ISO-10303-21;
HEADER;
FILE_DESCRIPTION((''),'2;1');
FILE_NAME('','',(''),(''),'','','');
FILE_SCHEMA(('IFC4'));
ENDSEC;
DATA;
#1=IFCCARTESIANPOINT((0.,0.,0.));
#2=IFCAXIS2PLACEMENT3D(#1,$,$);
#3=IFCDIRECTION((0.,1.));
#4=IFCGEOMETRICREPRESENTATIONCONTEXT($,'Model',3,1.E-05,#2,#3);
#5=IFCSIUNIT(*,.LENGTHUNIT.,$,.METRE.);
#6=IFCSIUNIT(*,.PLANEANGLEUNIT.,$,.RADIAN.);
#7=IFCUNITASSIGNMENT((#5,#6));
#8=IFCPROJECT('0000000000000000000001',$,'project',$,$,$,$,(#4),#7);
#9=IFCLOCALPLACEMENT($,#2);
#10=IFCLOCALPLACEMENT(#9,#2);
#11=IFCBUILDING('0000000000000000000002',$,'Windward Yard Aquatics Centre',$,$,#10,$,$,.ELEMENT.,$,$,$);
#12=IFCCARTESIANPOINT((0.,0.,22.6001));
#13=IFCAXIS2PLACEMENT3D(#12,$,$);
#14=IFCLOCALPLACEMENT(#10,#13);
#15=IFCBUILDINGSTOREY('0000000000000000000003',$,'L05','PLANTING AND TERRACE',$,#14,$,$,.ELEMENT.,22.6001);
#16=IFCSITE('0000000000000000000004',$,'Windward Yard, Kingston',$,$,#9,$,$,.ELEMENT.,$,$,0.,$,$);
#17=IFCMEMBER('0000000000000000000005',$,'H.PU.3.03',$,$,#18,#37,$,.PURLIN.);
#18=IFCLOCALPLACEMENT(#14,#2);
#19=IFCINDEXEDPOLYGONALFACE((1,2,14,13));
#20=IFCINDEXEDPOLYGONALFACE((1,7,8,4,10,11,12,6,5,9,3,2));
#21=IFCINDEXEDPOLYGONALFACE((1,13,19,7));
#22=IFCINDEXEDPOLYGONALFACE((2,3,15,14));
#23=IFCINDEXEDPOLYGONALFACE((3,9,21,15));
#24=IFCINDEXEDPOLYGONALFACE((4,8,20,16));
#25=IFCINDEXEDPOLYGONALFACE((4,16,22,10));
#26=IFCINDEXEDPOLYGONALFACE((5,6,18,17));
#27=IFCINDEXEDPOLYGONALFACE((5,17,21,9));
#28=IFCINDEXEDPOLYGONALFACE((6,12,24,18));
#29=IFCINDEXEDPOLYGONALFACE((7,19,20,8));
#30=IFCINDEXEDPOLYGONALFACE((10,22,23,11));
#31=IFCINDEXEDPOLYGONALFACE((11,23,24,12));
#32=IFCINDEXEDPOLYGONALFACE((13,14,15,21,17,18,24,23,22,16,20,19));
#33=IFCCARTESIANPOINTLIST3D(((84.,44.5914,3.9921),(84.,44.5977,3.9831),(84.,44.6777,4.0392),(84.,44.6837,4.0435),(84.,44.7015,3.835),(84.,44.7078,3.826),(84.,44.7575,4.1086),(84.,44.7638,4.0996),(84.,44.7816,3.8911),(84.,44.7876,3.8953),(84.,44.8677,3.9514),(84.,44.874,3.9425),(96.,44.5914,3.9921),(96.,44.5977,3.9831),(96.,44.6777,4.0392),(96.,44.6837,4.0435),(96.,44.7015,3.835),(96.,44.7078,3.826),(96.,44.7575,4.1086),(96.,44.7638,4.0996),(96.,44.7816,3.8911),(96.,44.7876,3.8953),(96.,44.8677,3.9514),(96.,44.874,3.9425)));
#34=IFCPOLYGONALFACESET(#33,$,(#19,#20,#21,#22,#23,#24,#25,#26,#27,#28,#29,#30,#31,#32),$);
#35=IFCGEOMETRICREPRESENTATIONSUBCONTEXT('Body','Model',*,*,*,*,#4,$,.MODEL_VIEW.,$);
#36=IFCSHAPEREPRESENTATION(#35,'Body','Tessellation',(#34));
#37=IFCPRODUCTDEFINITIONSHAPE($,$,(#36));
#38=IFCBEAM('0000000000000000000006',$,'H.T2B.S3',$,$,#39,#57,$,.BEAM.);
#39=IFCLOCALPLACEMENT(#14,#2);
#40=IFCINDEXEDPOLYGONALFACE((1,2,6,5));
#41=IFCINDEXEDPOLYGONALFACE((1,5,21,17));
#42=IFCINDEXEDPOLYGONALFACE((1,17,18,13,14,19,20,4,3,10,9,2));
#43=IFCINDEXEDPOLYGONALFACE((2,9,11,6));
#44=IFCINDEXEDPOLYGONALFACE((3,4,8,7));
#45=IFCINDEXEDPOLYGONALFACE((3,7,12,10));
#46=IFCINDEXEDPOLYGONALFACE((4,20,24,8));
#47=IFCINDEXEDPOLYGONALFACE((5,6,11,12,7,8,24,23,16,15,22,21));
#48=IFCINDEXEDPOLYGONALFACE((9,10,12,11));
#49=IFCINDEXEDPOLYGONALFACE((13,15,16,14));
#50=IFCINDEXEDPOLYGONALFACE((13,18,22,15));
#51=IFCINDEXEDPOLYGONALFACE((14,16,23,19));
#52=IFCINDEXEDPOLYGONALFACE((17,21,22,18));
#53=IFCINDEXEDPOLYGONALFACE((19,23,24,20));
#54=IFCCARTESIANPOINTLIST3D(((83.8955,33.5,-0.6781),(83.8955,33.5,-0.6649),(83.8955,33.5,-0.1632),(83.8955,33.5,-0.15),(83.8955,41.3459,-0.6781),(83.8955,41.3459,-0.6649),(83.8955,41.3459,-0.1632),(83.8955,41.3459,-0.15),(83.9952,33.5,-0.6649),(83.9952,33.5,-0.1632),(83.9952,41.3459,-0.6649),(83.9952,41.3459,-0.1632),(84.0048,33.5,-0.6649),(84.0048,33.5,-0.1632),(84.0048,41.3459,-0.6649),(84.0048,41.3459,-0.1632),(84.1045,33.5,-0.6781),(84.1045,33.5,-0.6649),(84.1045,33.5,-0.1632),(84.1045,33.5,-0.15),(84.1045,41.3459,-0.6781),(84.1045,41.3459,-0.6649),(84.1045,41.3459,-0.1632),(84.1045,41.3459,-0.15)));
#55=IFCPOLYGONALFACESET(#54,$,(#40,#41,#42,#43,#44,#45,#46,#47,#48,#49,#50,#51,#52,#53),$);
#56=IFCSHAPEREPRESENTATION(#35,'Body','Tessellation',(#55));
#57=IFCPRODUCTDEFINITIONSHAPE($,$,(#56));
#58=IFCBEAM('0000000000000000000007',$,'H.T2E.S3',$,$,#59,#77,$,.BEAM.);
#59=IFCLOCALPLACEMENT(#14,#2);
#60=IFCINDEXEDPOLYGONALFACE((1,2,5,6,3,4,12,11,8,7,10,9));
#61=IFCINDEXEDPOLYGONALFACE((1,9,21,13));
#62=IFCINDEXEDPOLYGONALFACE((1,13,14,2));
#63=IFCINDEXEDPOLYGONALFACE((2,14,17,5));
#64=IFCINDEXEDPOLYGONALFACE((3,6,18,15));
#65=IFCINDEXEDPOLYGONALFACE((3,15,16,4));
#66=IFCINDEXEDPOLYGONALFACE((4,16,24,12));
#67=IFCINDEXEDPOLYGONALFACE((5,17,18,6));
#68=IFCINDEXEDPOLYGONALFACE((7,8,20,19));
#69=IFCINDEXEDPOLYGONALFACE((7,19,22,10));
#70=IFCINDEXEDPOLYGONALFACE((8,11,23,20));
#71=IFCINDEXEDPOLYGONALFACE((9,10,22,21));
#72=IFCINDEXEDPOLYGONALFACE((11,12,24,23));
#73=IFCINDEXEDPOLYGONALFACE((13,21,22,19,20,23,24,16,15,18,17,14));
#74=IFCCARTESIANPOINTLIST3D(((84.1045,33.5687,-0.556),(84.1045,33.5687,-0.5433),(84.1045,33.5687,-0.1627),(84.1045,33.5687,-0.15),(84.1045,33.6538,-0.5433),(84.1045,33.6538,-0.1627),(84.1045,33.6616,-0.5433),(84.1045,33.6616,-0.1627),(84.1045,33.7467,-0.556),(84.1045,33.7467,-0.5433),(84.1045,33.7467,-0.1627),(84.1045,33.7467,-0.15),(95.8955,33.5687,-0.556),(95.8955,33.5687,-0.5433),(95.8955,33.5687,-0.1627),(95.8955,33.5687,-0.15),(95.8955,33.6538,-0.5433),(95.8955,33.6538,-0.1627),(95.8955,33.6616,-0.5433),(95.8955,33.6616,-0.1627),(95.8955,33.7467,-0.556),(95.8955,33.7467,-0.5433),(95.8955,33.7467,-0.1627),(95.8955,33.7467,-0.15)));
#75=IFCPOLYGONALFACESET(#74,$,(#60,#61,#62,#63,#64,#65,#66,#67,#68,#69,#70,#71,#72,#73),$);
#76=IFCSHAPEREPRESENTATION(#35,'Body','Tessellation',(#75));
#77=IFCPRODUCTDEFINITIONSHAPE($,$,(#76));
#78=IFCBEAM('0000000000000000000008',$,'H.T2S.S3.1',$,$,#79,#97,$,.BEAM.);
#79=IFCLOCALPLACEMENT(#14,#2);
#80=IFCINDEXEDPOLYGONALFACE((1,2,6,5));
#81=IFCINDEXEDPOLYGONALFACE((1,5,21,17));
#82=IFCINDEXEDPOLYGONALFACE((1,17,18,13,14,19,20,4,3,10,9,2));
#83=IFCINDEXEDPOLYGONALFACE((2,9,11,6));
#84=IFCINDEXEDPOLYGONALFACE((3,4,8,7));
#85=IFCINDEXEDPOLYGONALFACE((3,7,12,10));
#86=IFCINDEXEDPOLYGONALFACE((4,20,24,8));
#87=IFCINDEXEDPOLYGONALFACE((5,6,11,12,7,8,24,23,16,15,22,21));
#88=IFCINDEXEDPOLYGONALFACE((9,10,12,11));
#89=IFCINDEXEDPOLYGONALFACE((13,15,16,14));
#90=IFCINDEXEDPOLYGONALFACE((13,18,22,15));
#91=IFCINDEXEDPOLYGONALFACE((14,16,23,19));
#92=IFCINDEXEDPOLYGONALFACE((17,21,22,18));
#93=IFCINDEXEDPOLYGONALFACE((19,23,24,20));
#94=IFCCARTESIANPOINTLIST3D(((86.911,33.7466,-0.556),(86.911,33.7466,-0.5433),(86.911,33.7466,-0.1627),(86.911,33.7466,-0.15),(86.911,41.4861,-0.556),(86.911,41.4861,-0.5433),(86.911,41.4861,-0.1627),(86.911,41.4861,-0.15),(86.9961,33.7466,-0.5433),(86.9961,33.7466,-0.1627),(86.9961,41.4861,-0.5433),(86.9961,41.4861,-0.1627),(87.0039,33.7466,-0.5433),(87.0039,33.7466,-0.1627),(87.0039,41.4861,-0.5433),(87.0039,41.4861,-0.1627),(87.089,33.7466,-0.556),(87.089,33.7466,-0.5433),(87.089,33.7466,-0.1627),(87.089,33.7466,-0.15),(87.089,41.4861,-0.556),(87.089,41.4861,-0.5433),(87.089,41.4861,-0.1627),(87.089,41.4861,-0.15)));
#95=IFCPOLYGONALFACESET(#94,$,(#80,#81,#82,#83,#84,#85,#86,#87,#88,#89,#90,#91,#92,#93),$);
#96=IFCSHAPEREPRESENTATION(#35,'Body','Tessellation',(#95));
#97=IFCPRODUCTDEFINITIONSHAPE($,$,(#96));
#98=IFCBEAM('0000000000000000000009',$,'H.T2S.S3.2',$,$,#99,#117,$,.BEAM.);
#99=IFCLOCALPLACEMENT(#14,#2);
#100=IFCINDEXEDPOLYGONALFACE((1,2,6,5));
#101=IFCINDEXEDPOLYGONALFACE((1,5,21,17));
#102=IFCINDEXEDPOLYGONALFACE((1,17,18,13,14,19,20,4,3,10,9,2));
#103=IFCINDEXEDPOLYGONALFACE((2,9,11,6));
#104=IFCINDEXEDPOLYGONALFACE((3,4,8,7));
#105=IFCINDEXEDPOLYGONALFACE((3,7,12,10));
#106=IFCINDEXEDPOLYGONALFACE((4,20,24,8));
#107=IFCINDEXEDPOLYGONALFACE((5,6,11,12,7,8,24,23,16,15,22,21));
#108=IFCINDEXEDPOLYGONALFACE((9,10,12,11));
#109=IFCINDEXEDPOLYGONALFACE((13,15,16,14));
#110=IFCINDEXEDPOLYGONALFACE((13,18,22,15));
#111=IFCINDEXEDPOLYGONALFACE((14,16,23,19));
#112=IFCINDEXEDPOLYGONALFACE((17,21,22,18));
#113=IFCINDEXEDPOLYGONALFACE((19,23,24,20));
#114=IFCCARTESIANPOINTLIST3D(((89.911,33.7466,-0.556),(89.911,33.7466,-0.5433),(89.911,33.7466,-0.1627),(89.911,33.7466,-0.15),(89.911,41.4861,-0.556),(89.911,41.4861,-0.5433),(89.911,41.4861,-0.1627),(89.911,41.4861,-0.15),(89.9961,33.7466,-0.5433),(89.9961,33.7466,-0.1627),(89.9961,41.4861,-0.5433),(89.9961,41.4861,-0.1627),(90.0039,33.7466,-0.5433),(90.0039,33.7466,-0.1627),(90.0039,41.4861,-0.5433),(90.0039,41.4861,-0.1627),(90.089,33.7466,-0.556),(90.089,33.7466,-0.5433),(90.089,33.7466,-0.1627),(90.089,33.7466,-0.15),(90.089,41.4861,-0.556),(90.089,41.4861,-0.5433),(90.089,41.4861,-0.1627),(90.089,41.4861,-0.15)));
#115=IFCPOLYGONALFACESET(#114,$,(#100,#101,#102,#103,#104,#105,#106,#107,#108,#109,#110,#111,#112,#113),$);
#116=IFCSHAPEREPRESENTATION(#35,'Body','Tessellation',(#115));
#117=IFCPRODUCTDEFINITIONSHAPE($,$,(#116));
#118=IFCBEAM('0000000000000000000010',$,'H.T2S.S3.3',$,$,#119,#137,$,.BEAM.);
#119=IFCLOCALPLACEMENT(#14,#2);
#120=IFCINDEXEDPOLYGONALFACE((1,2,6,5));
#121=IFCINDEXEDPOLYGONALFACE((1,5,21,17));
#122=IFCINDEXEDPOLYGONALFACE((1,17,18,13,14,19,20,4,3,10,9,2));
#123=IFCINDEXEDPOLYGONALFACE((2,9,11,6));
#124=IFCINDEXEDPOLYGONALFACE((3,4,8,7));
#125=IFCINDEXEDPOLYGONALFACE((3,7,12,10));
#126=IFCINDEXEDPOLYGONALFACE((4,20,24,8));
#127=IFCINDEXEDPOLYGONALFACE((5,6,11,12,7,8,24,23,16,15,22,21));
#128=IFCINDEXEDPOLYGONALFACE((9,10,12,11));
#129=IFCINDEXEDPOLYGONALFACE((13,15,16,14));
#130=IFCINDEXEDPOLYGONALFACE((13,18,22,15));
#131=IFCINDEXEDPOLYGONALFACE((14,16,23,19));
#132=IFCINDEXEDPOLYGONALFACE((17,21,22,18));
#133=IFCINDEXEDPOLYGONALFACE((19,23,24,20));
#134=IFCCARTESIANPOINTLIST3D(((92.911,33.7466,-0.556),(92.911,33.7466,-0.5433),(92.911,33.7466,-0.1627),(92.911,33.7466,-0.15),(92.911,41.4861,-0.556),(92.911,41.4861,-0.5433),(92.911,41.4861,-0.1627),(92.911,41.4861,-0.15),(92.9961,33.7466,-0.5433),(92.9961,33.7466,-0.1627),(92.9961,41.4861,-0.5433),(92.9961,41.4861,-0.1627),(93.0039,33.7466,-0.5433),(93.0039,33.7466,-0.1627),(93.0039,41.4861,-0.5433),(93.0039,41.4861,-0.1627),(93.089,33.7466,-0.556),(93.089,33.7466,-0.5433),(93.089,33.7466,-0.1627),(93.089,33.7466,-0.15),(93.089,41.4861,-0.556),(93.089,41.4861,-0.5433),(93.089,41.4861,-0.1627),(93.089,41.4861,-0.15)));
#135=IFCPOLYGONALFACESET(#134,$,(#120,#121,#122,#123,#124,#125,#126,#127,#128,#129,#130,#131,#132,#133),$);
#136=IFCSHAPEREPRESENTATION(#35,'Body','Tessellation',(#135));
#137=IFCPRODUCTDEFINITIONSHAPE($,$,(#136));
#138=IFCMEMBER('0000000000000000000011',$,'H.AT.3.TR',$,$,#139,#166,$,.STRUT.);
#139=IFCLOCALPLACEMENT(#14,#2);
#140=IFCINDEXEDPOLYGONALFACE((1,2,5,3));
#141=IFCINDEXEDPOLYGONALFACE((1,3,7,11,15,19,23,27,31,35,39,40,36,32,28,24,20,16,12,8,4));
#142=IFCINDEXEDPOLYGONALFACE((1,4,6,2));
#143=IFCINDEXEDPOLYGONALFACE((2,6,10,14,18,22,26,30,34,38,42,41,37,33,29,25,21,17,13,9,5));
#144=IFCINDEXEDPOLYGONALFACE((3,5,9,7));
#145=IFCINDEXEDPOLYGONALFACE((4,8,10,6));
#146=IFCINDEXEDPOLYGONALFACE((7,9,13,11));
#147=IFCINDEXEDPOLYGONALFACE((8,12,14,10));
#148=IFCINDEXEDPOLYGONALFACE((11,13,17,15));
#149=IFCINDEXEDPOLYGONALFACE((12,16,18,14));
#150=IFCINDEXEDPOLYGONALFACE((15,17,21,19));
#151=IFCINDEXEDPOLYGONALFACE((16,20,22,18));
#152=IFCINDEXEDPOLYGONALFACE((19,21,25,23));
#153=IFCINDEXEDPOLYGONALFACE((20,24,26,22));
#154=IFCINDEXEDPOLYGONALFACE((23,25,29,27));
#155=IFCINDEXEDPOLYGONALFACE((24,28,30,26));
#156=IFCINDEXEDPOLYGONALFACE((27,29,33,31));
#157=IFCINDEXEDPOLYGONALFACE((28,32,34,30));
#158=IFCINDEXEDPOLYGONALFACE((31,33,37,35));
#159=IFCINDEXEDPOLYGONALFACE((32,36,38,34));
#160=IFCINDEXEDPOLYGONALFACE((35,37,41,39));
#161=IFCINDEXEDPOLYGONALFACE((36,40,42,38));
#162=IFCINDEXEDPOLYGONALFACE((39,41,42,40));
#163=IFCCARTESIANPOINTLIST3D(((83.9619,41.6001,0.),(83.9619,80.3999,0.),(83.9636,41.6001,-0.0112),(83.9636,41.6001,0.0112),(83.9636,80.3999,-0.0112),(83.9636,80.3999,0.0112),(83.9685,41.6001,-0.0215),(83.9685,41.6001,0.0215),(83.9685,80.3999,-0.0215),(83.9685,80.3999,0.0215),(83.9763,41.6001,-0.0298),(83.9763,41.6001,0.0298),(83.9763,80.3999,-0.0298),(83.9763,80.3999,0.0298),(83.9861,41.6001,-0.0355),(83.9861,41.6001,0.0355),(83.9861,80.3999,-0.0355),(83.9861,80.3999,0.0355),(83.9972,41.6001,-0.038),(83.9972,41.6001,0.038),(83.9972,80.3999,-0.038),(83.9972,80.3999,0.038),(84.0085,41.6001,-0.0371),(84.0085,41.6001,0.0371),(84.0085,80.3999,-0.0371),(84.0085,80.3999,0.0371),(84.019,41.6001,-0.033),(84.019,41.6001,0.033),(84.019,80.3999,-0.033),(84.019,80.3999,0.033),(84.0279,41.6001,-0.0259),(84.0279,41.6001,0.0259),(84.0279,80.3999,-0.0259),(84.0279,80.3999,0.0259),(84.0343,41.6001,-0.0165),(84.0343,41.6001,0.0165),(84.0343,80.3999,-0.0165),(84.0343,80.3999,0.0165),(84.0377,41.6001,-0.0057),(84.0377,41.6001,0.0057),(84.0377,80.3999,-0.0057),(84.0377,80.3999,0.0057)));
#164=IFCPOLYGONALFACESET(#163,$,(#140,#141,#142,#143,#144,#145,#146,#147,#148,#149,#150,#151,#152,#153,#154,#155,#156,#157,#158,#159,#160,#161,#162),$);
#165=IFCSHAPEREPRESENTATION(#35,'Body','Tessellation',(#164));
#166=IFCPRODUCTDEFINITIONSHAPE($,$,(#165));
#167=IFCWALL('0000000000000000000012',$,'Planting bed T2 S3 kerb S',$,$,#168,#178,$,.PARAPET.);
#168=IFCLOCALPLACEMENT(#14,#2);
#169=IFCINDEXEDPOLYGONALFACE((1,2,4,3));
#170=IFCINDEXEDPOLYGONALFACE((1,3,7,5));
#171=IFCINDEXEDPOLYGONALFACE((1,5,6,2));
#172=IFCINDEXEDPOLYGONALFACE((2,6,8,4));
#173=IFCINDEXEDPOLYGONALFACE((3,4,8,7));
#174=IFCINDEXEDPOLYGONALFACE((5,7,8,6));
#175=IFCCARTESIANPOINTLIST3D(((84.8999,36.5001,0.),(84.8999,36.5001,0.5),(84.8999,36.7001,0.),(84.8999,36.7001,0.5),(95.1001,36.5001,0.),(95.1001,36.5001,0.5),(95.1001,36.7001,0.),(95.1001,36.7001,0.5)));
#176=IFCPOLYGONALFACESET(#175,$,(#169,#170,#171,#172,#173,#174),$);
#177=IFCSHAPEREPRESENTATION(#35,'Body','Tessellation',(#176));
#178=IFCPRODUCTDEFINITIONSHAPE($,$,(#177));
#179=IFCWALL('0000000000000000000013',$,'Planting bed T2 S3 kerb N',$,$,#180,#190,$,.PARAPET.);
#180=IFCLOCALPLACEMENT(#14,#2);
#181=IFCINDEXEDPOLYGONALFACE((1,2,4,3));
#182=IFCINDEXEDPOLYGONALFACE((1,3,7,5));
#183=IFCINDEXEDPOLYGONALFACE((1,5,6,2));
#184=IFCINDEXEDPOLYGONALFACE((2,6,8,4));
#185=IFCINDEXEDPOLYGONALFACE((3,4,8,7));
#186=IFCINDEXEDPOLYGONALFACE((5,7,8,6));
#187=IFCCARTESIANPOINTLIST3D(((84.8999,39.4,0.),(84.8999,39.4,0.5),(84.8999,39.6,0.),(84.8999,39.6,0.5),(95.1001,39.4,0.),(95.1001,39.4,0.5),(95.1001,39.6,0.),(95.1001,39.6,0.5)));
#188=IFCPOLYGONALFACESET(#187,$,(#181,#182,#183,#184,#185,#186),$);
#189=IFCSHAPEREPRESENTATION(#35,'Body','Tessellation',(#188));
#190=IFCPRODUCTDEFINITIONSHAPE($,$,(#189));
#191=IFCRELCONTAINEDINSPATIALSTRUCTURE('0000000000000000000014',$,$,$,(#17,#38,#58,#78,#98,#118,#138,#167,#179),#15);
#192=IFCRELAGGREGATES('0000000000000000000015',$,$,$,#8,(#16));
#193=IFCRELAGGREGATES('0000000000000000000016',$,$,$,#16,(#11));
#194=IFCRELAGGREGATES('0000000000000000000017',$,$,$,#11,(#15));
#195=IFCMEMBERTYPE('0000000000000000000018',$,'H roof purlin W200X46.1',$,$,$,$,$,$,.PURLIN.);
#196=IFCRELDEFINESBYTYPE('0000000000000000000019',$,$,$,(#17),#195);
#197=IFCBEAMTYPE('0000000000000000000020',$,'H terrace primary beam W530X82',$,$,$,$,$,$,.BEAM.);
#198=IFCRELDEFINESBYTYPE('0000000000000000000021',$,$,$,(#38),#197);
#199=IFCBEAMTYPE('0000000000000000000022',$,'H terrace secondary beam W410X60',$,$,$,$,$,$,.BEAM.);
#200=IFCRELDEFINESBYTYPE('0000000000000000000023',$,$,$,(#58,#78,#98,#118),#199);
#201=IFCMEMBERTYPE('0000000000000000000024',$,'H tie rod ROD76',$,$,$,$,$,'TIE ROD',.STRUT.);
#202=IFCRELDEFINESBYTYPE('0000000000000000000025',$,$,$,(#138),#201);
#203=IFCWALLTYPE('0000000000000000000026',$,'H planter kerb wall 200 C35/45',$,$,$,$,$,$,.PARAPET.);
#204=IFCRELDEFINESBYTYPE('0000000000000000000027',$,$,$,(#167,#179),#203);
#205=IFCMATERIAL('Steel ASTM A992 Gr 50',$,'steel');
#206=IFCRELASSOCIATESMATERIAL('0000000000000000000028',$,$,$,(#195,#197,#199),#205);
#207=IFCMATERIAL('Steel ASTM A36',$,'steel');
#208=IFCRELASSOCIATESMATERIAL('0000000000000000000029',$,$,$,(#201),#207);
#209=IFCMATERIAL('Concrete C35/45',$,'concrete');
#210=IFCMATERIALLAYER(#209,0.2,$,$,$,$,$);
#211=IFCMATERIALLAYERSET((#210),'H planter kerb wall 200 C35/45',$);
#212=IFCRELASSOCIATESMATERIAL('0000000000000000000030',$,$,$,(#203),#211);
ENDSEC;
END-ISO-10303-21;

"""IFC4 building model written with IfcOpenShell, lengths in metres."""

from ifc_helpers import new_model, si_unit, direction, frame, frame_2d, origin, origin_2d, place, context, subcontext, project, spatial, rectangle, circle, i_section, extrude, material, layer, layer_set, material_profile, profile_set, type_object, element, save


model = new_model("IFC4")

# Units and contexts
model_context = context("Model", 3, precision=1e-05, world=origin(), true_north=direction((0.0, 1.0)))
body_context = subcontext(model_context, "Body", "Model", "MODEL_VIEW")
ifc_project = project(units=[si_unit("LENGTHUNIT", "METRE"), si_unit("PLANEANGLEUNIT", "RADIAN")], contexts=[model_context])

# Site, building, storey
site_placement = place(None, origin())
site = spatial("IfcSite", under=ifc_project, at=site_placement, Name="Windward Yard, Kingston", CompositionType="ELEMENT", RefElevation=0.0)
building_placement = place(site_placement, origin())
building = spatial("IfcBuilding", under=site, at=building_placement, Name="Windward Yard Aquatics Centre", CompositionType="ELEMENT")
storey_placement = place(building_placement, frame((0.0, 0.0, 22.6001)))
storey = spatial("IfcBuildingStorey", under=building, at=storey_placement, Name="L05", Description="PLANTING AND TERRACE", CompositionType="ELEMENT", Elevation=22.6001)

# Shared definitions
ifc_material_1 = material(Name="Steel ASTM A992 Gr 50", Category="steel")

# Member
ifc_material_profile_1 = material_profile(ifc_material_1, i_section(OverallWidth=0.2029, OverallDepth=0.2029, WebThickness=0.0073, FlangeThickness=0.011, at=origin_2d()), Name="W200X46.1")
ifc_profile_set_1 = profile_set([ifc_material_profile_1], Name="Steel ASTM A992 Gr 50")
member_type_1 = type_object("IfcMemberType", Name="H roof purlin W200X46.1", PredefinedType="PURLIN", material=ifc_profile_set_1)
for number, where, z_axis, x_axis, name in (
    (1, (84.0, 44.7327, 3.9673), (1.0, 0.0, 0.0), (0.0, 0.818831, 0.574035), "H.PU.3.03"),
):
    element("IfcMember", number, at=place(storey_placement, frame(where, z_axis=z_axis, x_axis=x_axis)), inside=storey, type_object=member_type_1, Name=name, PredefinedType="PURLIN", context=body_context, shape_type="SweptSolid", body=[
        extrude(i_section(OverallWidth=0.2029, OverallDepth=0.2029, WebThickness=0.0073, FlangeThickness=0.011, at=origin_2d()), origin(), (0.0, 0.0, 1.0), 12.0),
    ])

# Beams
ifc_material_profile_2 = material_profile(ifc_material_1, i_section(OverallWidth=0.209, OverallDepth=0.5281, WebThickness=0.0095, FlangeThickness=0.0132, at=origin_2d()), Name="W530X82")
ifc_profile_set_2 = profile_set([ifc_material_profile_2], Name="Steel ASTM A992 Gr 50")
beam_type_1 = type_object("IfcBeamType", Name="H terrace primary beam W530X82", PredefinedType="BEAM", material=ifc_profile_set_2)
beam_1_placement = place(storey_placement, frame((84.0, 33.5, -0.4141), z_axis=(0.0, 1.0, 0.0), x_axis=(-1.0, 0.0, 0.0)))
element("IfcBeam", 2, at=beam_1_placement, inside=storey, type_object=beam_type_1, Name="H.T2B.S3", PredefinedType="BEAM", context=body_context, shape_type="SweptSolid", body=[
    extrude(i_section(OverallWidth=0.209, OverallDepth=0.5281, WebThickness=0.0095, FlangeThickness=0.0132, at=origin_2d()), origin(), (0.0, 0.0, 1.0), 7.8459),
])
ifc_material_profile_3 = material_profile(ifc_material_1, i_section(OverallWidth=0.178, OverallDepth=0.406, WebThickness=0.0078, FlangeThickness=0.0127, at=origin_2d()), Name="W410X60")
ifc_profile_set_3 = profile_set([ifc_material_profile_3], Name="Steel ASTM A992 Gr 50")
beam_type_2 = type_object("IfcBeamType", Name="H terrace secondary beam W410X60", PredefinedType="BEAM", material=ifc_profile_set_3)
beam_2_placement = place(storey_placement, frame((84.1045, 33.6577, -0.353), z_axis=(1.0, 0.0, 0.0), x_axis=(0.0, 1.0, 0.0)))
element("IfcBeam", 3, at=beam_2_placement, inside=storey, type_object=beam_type_2, Name="H.T2E.S3", PredefinedType="BEAM", context=body_context, shape_type="SweptSolid", body=[
    extrude(i_section(OverallWidth=0.178, OverallDepth=0.406, WebThickness=0.0078, FlangeThickness=0.0127, at=origin_2d()), origin(), (0.0, 0.0, 1.0), 11.791),
])
for number, where, z_axis, x_axis, name in (
    (4, (87.0, 33.7466, -0.353), (0.0, 1.0, 0.0), (-1.0, 0.0, 0.0), "H.T2S.S3.1"),
    (5, (90.0, 33.7466, -0.353), (0.0, 1.0, 0.0), (-1.0, 0.0, 0.0), "H.T2S.S3.2"),
    (6, (93.0, 33.7466, -0.353), (0.0, 1.0, 0.0), (-1.0, 0.0, 0.0), "H.T2S.S3.3"),
):
    element("IfcBeam", number, at=place(storey_placement, frame(where, z_axis=z_axis, x_axis=x_axis)), inside=storey, type_object=beam_type_2, Name=name, PredefinedType="BEAM", context=body_context, shape_type="SweptSolid", body=[
        extrude(i_section(OverallWidth=0.178, OverallDepth=0.406, WebThickness=0.0078, FlangeThickness=0.0127, at=origin_2d()), origin(), (0.0, 0.0, 1.0), 7.7395),
    ])

# Member
ifc_material_2 = material(Name="Steel ASTM A36", Category="steel")
ifc_material_profile_4 = material_profile(ifc_material_2, circle(Radius=0.0381, at=origin_2d()), Name="ROD76")
ifc_profile_set_4 = profile_set([ifc_material_profile_4], Name="Steel ASTM A36")
member_type_2 = type_object("IfcMemberType", Name="H tie rod ROD76", ElementType="TIE ROD", PredefinedType="STRUT", material=ifc_profile_set_4)
member_1_placement = place(storey_placement, frame((84.0, 41.6001, 0.0), z_axis=(0.0, 1.0, 0.0), x_axis=(-1.0, 0.0, 0.0)))
element("IfcMember", 7, at=member_1_placement, inside=storey, type_object=member_type_2, Name="H.AT.3.TR", PredefinedType="STRUT", context=body_context, shape_type="SweptSolid", body=[
    extrude(circle(Radius=0.0381, at=origin_2d()), origin(), (0.0, 0.0, 1.0), 38.7998),
])

# Walls
ifc_material_3 = material(Name="Concrete C35/45", Category="concrete")
ifc_layer_1 = layer(ifc_material_3, 0.2)
ifc_layer_set_1 = layer_set([ifc_layer_1], Name="H planter kerb wall 200 C35/45")
wall_type = type_object("IfcWallType", Name="H planter kerb wall 200 C35/45", PredefinedType="PARAPET", material=ifc_layer_set_1)
for number, where, z_axis, x_axis, name in (
    (8, (84.8999, 36.6001, 0.0), (0.0, 0.0, 1.0), (1.0, 0.0, 0.0), "Planting bed T2 S3 kerb S"),
    (9, (84.8999, 39.5, 0.0), (0.0, 0.0, 1.0), (1.0, 0.0, 0.0), "Planting bed T2 S3 kerb N"),
):
    element("IfcWall", number, at=place(storey_placement, frame(where, z_axis=z_axis, x_axis=x_axis)), inside=storey, type_object=wall_type, Name=name, PredefinedType="PARAPET", context=body_context, shape_type="SweptSolid", body=[
        extrude(rectangle(XDim=10.2002, YDim=0.2, at=frame_2d((5.1001, 0.0))), origin(), (0.0, 0.0, 1.0), 0.5),
    ])

save(model, "model.ifc")
